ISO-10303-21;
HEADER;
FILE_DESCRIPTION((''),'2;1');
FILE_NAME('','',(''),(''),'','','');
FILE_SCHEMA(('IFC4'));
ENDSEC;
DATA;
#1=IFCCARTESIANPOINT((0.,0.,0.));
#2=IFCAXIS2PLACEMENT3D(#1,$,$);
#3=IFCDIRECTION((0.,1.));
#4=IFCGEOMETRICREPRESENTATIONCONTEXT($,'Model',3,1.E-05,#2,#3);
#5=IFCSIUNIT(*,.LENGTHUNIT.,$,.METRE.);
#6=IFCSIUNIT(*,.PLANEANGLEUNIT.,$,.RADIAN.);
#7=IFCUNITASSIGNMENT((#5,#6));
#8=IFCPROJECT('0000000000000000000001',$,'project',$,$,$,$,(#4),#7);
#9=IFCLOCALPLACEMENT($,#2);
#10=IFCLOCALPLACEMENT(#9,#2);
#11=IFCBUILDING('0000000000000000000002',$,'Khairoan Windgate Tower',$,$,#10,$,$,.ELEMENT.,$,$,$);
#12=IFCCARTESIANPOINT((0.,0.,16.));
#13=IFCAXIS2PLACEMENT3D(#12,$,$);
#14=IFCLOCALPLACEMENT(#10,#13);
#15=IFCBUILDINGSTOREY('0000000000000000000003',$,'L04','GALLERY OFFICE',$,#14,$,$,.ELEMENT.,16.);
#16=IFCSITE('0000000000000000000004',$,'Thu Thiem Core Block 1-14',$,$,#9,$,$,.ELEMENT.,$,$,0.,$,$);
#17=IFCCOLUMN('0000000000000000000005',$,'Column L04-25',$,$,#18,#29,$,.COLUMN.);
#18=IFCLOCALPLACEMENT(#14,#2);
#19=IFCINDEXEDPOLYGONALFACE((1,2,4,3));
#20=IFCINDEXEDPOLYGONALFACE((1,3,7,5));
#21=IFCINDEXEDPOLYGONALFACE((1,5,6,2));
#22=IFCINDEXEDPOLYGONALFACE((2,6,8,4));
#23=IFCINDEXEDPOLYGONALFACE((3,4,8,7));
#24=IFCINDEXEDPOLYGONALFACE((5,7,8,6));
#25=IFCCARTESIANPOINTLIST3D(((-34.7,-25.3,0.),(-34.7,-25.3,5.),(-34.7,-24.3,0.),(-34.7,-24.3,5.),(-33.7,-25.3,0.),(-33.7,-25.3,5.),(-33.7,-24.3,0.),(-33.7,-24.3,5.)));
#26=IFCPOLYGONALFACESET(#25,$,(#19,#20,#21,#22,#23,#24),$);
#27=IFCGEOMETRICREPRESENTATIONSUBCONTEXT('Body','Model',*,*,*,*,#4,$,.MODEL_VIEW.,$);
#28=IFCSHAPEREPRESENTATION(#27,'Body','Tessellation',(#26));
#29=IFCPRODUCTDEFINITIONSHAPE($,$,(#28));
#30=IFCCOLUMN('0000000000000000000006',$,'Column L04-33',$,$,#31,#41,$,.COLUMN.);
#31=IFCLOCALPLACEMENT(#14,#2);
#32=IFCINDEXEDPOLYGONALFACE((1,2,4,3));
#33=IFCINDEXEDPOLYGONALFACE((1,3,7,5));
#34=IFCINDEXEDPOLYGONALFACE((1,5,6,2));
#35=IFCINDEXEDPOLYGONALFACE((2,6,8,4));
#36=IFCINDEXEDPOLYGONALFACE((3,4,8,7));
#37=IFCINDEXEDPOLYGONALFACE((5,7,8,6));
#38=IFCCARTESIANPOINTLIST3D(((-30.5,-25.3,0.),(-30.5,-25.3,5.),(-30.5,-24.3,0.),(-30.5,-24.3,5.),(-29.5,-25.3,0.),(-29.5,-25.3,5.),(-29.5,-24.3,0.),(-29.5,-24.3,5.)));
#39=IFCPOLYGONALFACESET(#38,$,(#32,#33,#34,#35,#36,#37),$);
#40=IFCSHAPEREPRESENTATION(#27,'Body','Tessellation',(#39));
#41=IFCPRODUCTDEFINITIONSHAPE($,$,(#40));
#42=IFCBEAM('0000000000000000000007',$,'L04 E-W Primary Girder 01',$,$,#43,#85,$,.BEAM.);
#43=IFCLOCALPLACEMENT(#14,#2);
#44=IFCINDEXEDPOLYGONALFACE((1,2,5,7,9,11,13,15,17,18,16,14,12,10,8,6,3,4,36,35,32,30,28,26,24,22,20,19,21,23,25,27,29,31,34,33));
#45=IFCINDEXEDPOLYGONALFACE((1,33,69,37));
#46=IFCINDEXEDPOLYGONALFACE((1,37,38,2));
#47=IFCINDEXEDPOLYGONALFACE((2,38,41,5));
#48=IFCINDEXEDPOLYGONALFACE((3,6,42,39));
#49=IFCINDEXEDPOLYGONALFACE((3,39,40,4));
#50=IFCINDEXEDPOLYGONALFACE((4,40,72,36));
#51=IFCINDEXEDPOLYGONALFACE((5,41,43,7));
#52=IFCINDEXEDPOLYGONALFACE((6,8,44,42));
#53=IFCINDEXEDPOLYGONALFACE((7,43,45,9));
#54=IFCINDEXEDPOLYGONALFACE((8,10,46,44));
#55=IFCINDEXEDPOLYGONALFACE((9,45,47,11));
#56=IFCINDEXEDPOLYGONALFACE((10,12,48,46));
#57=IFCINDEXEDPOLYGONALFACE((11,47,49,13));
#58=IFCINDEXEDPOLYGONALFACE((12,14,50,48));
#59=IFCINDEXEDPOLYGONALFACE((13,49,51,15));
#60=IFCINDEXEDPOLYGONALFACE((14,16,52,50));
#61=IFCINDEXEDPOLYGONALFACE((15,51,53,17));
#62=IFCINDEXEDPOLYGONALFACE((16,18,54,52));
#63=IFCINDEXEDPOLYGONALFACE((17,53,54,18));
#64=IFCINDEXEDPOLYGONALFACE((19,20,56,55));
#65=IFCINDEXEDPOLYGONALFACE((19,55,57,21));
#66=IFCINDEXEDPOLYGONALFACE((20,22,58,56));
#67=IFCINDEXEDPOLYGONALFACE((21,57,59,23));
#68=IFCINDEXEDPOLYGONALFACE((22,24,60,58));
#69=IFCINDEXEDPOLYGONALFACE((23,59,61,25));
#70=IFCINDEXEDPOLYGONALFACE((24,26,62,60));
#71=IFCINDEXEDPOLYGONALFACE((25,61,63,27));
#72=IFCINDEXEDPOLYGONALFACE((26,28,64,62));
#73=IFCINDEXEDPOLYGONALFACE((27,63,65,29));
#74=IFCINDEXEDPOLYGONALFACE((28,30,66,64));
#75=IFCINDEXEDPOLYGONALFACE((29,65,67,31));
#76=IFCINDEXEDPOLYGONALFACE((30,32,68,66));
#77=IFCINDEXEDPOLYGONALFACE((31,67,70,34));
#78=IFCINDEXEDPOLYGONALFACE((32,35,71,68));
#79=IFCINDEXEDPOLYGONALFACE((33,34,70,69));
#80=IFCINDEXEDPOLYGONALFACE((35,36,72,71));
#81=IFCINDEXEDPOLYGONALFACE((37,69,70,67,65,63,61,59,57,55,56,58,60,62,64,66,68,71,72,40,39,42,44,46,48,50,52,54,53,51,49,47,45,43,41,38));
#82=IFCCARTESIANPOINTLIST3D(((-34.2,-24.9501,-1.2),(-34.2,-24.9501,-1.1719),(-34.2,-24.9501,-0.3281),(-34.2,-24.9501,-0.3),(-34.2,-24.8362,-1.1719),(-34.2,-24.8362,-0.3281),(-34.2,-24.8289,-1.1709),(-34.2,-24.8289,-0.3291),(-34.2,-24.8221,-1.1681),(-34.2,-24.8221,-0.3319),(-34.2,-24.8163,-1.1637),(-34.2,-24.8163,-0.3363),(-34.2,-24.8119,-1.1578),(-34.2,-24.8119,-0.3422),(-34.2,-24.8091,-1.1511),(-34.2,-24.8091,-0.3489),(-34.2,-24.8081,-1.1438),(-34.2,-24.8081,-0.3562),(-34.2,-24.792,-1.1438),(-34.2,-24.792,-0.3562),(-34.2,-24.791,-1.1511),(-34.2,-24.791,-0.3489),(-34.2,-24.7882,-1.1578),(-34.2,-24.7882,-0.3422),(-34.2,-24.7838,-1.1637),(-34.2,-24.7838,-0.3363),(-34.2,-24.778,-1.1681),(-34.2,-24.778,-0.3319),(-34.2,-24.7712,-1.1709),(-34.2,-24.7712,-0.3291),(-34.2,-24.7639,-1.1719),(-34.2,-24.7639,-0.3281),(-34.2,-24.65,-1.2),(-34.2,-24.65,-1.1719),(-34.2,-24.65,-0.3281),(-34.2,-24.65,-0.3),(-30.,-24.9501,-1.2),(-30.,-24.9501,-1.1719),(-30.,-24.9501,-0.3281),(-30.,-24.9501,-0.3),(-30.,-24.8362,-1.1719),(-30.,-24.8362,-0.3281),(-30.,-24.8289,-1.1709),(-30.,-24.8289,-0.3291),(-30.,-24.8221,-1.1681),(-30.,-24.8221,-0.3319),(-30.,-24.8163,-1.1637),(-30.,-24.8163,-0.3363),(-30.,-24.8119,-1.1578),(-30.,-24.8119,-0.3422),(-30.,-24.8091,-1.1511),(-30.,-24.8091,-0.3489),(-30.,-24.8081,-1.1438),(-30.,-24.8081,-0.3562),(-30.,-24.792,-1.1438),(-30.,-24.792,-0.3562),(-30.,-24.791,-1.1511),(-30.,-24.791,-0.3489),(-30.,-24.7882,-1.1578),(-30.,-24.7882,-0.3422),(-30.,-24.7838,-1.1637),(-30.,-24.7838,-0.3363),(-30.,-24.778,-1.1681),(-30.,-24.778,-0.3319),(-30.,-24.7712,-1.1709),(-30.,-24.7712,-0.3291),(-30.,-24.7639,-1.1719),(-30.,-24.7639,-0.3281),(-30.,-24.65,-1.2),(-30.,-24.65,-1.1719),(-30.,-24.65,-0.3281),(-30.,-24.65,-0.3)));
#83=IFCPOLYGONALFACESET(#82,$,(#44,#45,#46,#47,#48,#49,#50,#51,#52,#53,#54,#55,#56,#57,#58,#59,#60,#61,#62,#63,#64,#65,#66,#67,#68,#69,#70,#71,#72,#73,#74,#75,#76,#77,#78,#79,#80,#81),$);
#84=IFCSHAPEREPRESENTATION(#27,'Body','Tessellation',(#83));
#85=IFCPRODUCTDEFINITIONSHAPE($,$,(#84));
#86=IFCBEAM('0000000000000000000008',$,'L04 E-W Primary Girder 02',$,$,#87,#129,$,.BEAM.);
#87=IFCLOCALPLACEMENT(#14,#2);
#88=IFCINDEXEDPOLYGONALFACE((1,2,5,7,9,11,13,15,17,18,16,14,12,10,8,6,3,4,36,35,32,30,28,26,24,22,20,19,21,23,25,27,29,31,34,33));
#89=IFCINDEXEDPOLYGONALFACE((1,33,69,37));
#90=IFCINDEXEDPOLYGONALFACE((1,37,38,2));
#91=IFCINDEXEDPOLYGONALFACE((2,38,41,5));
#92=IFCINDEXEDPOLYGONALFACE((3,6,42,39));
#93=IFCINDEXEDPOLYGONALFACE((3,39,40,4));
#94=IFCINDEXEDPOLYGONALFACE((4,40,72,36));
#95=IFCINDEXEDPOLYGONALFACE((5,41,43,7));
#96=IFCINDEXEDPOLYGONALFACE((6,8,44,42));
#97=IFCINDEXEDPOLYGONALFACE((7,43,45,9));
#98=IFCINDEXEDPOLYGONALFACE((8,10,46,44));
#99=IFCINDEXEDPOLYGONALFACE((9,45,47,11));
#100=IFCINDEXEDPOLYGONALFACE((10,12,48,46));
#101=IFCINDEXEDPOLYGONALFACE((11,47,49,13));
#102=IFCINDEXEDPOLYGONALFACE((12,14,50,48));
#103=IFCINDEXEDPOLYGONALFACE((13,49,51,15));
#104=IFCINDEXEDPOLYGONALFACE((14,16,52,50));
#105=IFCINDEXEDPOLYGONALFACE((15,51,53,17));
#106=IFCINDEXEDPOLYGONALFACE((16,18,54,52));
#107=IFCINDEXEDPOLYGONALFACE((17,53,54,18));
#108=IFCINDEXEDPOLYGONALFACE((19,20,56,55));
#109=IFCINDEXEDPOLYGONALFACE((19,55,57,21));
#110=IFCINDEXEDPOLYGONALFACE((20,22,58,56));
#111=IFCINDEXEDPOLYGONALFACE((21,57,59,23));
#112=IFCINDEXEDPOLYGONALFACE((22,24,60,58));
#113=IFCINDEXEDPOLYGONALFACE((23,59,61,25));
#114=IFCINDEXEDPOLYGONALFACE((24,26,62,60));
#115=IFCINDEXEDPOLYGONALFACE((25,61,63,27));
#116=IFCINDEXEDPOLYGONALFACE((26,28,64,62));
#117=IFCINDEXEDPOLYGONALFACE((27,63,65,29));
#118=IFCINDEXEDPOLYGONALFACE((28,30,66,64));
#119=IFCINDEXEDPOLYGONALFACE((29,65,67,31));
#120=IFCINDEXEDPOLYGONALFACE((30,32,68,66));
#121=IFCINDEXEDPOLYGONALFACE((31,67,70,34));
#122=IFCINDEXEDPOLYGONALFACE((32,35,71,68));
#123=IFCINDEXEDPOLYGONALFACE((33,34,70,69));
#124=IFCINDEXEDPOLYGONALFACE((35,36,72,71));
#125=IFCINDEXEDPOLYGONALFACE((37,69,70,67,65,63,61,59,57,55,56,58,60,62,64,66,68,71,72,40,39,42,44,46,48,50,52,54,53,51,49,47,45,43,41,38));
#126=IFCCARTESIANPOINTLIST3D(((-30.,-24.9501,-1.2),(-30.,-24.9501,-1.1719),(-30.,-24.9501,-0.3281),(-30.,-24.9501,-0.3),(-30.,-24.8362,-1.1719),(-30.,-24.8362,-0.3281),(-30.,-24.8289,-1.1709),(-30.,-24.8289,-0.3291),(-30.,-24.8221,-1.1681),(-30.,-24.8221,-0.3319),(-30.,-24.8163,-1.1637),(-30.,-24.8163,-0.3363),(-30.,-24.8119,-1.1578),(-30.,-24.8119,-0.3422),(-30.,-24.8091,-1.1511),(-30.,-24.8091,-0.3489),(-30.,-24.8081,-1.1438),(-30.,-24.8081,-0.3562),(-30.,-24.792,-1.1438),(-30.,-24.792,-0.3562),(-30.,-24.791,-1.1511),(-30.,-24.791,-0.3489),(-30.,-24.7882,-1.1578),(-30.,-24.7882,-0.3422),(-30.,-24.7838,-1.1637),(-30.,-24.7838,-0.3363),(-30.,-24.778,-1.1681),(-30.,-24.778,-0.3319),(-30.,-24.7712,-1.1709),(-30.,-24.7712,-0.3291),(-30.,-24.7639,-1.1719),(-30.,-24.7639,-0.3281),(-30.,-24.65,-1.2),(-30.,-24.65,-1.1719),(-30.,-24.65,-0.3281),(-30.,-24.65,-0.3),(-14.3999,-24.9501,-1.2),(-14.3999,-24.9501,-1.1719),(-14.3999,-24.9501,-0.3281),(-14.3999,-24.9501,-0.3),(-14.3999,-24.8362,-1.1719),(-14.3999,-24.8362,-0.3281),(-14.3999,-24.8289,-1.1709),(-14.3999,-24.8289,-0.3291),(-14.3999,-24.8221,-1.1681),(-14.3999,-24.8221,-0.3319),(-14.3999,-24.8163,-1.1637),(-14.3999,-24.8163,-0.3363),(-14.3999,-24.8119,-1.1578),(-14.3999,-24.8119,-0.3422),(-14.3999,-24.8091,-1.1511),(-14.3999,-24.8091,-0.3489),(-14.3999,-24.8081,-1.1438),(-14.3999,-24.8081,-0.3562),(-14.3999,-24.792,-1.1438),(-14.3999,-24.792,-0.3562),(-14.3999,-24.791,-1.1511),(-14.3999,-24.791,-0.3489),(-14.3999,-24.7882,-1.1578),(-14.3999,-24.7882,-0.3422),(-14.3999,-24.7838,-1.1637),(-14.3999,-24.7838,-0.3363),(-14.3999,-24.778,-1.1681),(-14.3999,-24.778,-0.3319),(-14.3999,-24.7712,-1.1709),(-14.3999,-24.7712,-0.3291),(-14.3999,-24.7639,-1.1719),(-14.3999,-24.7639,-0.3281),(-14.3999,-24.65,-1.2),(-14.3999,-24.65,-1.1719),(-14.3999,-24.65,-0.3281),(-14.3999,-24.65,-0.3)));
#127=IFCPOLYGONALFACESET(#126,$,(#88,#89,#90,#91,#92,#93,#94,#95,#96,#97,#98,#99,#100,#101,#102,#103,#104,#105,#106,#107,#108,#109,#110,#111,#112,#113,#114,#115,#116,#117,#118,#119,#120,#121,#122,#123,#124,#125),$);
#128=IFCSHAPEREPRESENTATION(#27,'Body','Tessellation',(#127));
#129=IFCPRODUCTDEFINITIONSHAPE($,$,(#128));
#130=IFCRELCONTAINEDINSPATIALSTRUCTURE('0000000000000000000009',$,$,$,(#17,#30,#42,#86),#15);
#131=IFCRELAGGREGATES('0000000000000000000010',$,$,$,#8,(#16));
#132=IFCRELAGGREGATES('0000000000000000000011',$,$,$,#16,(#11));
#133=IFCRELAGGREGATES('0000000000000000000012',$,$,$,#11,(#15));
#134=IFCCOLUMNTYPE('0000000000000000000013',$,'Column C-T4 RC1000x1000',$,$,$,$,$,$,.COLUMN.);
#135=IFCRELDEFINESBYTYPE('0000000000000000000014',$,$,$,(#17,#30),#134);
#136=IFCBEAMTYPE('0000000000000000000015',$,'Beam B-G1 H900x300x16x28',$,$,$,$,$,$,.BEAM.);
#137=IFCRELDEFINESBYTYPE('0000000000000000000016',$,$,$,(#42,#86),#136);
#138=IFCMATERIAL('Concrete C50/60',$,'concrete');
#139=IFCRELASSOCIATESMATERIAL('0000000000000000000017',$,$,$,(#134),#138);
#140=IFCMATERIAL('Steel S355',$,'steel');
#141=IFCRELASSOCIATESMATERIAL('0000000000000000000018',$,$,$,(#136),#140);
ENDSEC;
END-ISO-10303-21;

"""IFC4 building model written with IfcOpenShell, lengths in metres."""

from ifc_helpers import new_model, si_unit, direction, frame, origin, origin_2d, place, context, subcontext, project, spatial, rectangle, i_section, extrude, material, material_profile, profile_set, type_object, element, save


model = new_model("IFC4")

# Units and contexts
model_context = context("Model", 3, precision=1e-05, world=origin(), true_north=direction((0.0, 1.0)))
body_context = subcontext(model_context, "Body", "Model", "MODEL_VIEW")
ifc_project = project(units=[si_unit("LENGTHUNIT", "METRE"), si_unit("PLANEANGLEUNIT", "RADIAN")], contexts=[model_context])

# Site, building, storey
site_placement = place(None, origin())
site = spatial("IfcSite", under=ifc_project, at=site_placement, Name="Thu Thiem Core Block 1-14", CompositionType="ELEMENT", RefElevation=0.0)
building_placement = place(site_placement, origin())
building = spatial("IfcBuilding", under=site, at=building_placement, Name="Khairoan Windgate Tower", CompositionType="ELEMENT")
storey_placement = place(building_placement, frame((0.0, 0.0, 16.0)))
storey = spatial("IfcBuildingStorey", under=building, at=storey_placement, Name="L04", Description="GALLERY OFFICE", CompositionType="ELEMENT", Elevation=16.0)

# Columns
ifc_material_1 = material(Name="Concrete C50/60", Category="concrete")
ifc_material_profile_1 = material_profile(ifc_material_1, rectangle(XDim=1.0, YDim=1.0, at=origin_2d()))
ifc_profile_set_1 = profile_set([ifc_material_profile_1], Name="Concrete C50/60")
column_type = type_object("IfcColumnType", Name="Column C-T4 RC1000x1000", PredefinedType="COLUMN", material=ifc_profile_set_1)
for number, where, z_axis, x_axis, name in (
    (1, (-34.2, -24.8, 0.0), (0.0, 0.0, 1.0), (1.0, 0.0, 0.0), "Column L04-25"),
    (2, (-30.0, -24.8, 0.0), (0.0, 0.0, 1.0), (1.0, 0.0, 0.0), "Column L04-33"),
):
    element("IfcColumn", number, at=place(storey_placement, frame(where, z_axis=z_axis, x_axis=x_axis)), inside=storey, type_object=column_type, Name=name, PredefinedType="COLUMN", context=body_context, shape_type="SweptSolid", body=[
        extrude(rectangle(XDim=1.0, YDim=1.0, at=origin_2d()), origin(), (0.0, 0.0, 1.0), 5.0),
    ])

# Beams
ifc_material_2 = material(Name="Steel S355", Category="steel")
ifc_material_profile_2 = material_profile(ifc_material_2, i_section(OverallWidth=0.3, OverallDepth=0.8999, WebThickness=0.0161, FlangeThickness=0.0281, FilletRadius=0.0281, at=origin_2d()))
ifc_profile_set_2 = profile_set([ifc_material_profile_2], Name="Steel S355")
beam_type = type_object("IfcBeamType", Name="Beam B-G1 H900x300x16x28", PredefinedType="BEAM", material=ifc_profile_set_2)
beam_1_placement = place(storey_placement, frame((-34.2, -24.8, -0.75), z_axis=(1.0, 0.0, 0.0), x_axis=(0.0, 1.0, 0.0)))
element("IfcBeam", 3, at=beam_1_placement, inside=storey, type_object=beam_type, Name="L04 E-W Primary Girder 01", PredefinedType="BEAM", context=body_context, shape_type="SweptSolid", body=[
    extrude(i_section(OverallWidth=0.3, OverallDepth=0.8999, WebThickness=0.0161, FlangeThickness=0.0281, FilletRadius=0.0281, at=origin_2d()), origin(), (0.0, 0.0, 1.0), 4.2),
])
beam_2_placement = place(storey_placement, frame((-30.0, -24.8, -0.75), z_axis=(1.0, 0.0, 0.0), x_axis=(0.0, 1.0, 0.0)))
element("IfcBeam", 4, at=beam_2_placement, inside=storey, type_object=beam_type, Name="L04 E-W Primary Girder 02", PredefinedType="BEAM", context=body_context, shape_type="SweptSolid", body=[
    extrude(i_section(OverallWidth=0.3, OverallDepth=0.8999, WebThickness=0.0161, FlangeThickness=0.0281, FilletRadius=0.0281, at=origin_2d()), origin(), (0.0, 0.0, 1.0), 15.6001),
])

save(model, "model.ifc")
